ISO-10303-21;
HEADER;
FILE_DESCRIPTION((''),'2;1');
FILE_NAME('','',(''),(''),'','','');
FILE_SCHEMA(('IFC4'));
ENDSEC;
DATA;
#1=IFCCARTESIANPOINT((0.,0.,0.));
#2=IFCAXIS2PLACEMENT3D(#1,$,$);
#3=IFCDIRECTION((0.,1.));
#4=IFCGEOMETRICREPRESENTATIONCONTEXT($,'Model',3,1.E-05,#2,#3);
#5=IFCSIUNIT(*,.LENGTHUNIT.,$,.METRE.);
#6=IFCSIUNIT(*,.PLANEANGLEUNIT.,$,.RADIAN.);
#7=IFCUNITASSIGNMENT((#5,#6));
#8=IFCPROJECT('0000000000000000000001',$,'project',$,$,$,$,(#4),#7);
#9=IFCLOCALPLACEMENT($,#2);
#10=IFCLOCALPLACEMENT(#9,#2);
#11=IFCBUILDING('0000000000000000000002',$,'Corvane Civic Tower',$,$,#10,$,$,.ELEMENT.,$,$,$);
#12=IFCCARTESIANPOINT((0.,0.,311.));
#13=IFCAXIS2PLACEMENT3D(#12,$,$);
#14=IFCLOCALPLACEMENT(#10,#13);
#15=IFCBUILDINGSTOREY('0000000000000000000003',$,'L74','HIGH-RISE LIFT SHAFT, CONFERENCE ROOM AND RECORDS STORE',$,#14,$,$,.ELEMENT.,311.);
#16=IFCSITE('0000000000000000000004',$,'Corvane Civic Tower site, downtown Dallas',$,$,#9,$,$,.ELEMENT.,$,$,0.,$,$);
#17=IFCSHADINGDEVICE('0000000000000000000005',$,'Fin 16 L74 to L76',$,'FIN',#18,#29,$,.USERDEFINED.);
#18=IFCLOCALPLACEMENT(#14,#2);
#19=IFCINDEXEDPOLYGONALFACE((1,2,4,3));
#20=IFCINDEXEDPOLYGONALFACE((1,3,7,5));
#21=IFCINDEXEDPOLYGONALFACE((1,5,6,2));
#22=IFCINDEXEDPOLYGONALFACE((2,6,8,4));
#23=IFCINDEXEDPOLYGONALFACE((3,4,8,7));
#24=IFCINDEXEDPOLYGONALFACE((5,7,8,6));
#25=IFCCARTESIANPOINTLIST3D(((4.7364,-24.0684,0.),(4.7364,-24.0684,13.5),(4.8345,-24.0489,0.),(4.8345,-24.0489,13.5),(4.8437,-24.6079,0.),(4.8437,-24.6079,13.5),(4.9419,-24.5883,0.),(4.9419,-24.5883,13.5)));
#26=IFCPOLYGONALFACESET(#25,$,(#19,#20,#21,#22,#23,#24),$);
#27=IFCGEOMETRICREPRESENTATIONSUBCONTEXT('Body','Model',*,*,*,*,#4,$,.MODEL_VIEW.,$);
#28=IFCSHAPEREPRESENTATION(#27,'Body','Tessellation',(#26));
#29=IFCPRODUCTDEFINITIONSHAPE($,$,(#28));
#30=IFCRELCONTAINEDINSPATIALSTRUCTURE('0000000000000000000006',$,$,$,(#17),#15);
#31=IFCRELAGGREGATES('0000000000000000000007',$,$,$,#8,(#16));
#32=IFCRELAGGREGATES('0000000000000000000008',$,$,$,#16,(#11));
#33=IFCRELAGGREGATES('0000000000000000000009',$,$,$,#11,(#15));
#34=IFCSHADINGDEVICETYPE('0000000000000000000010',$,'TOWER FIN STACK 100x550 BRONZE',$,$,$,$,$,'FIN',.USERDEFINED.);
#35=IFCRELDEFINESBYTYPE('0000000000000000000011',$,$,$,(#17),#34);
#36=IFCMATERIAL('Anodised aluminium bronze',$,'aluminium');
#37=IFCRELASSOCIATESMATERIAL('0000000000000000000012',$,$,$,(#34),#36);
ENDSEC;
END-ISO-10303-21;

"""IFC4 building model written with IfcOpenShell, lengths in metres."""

from ifc_helpers import new_model, si_unit, direction, frame, origin, origin_2d, place, context, subcontext, project, spatial, rectangle, extrude, material, material_profile, profile_set, type_object, element, save


model = new_model("IFC4")

# Units and contexts
model_context = context("Model", 3, precision=1e-05, world=origin(), true_north=direction((0.0, 1.0)))
body_context = subcontext(model_context, "Body", "Model", "MODEL_VIEW")
ifc_project = project(units=[si_unit("LENGTHUNIT", "METRE"), si_unit("PLANEANGLEUNIT", "RADIAN")], contexts=[model_context])

# Site, building, storey
site_placement = place(None, origin())
site = spatial("IfcSite", under=ifc_project, at=site_placement, Name="Corvane Civic Tower site, downtown Dallas", CompositionType="ELEMENT", RefElevation=0.0)
building_placement = place(site_placement, origin())
building = spatial("IfcBuilding", under=site, at=building_placement, Name="Corvane Civic Tower", CompositionType="ELEMENT")
storey_placement = place(building_placement, frame((0.0, 0.0, 311.0)))
storey = spatial("IfcBuildingStorey", under=building, at=storey_placement, Name="L74", Description="HIGH-RISE LIFT SHAFT, CONFERENCE ROOM AND RECORDS STORE", CompositionType="ELEMENT", Elevation=311.0)

# Shading device
ifc_material_1 = material(Name="Anodised aluminium bronze", Category="aluminium")
ifc_material_profile_1 = material_profile(ifc_material_1, rectangle(XDim=0.1001, YDim=0.55, at=origin_2d()), Name="TOWER FIN STACK 100x550 BRONZE")
ifc_profile_set_1 = profile_set([ifc_material_profile_1], Name="Anodised aluminium bronze")
shading_device_type = type_object("IfcShadingDeviceType", Name="TOWER FIN STACK 100x550 BRONZE", ElementType="FIN", PredefinedType="USERDEFINED", material=ifc_profile_set_1)
for number, where, z_axis, x_axis, name in (
    (1, (4.8391, -24.3284, 0.0), (0.0, 0.0, 1.0), (-0.980785, -0.19509, 0.0), "Fin 16 L74 to L76"),
):
    element("IfcShadingDevice", number, at=place(storey_placement, frame(where, z_axis=z_axis, x_axis=x_axis)), inside=storey, type_object=shading_device_type, Name=name, ObjectType="FIN", PredefinedType="USERDEFINED", context=body_context, shape_type="SweptSolid", body=[
        extrude(rectangle(XDim=0.1001, YDim=0.55, at=origin_2d()), origin(), (0.0, 0.0, 1.0), 13.5),
    ])

save(model, "model.ifc")
